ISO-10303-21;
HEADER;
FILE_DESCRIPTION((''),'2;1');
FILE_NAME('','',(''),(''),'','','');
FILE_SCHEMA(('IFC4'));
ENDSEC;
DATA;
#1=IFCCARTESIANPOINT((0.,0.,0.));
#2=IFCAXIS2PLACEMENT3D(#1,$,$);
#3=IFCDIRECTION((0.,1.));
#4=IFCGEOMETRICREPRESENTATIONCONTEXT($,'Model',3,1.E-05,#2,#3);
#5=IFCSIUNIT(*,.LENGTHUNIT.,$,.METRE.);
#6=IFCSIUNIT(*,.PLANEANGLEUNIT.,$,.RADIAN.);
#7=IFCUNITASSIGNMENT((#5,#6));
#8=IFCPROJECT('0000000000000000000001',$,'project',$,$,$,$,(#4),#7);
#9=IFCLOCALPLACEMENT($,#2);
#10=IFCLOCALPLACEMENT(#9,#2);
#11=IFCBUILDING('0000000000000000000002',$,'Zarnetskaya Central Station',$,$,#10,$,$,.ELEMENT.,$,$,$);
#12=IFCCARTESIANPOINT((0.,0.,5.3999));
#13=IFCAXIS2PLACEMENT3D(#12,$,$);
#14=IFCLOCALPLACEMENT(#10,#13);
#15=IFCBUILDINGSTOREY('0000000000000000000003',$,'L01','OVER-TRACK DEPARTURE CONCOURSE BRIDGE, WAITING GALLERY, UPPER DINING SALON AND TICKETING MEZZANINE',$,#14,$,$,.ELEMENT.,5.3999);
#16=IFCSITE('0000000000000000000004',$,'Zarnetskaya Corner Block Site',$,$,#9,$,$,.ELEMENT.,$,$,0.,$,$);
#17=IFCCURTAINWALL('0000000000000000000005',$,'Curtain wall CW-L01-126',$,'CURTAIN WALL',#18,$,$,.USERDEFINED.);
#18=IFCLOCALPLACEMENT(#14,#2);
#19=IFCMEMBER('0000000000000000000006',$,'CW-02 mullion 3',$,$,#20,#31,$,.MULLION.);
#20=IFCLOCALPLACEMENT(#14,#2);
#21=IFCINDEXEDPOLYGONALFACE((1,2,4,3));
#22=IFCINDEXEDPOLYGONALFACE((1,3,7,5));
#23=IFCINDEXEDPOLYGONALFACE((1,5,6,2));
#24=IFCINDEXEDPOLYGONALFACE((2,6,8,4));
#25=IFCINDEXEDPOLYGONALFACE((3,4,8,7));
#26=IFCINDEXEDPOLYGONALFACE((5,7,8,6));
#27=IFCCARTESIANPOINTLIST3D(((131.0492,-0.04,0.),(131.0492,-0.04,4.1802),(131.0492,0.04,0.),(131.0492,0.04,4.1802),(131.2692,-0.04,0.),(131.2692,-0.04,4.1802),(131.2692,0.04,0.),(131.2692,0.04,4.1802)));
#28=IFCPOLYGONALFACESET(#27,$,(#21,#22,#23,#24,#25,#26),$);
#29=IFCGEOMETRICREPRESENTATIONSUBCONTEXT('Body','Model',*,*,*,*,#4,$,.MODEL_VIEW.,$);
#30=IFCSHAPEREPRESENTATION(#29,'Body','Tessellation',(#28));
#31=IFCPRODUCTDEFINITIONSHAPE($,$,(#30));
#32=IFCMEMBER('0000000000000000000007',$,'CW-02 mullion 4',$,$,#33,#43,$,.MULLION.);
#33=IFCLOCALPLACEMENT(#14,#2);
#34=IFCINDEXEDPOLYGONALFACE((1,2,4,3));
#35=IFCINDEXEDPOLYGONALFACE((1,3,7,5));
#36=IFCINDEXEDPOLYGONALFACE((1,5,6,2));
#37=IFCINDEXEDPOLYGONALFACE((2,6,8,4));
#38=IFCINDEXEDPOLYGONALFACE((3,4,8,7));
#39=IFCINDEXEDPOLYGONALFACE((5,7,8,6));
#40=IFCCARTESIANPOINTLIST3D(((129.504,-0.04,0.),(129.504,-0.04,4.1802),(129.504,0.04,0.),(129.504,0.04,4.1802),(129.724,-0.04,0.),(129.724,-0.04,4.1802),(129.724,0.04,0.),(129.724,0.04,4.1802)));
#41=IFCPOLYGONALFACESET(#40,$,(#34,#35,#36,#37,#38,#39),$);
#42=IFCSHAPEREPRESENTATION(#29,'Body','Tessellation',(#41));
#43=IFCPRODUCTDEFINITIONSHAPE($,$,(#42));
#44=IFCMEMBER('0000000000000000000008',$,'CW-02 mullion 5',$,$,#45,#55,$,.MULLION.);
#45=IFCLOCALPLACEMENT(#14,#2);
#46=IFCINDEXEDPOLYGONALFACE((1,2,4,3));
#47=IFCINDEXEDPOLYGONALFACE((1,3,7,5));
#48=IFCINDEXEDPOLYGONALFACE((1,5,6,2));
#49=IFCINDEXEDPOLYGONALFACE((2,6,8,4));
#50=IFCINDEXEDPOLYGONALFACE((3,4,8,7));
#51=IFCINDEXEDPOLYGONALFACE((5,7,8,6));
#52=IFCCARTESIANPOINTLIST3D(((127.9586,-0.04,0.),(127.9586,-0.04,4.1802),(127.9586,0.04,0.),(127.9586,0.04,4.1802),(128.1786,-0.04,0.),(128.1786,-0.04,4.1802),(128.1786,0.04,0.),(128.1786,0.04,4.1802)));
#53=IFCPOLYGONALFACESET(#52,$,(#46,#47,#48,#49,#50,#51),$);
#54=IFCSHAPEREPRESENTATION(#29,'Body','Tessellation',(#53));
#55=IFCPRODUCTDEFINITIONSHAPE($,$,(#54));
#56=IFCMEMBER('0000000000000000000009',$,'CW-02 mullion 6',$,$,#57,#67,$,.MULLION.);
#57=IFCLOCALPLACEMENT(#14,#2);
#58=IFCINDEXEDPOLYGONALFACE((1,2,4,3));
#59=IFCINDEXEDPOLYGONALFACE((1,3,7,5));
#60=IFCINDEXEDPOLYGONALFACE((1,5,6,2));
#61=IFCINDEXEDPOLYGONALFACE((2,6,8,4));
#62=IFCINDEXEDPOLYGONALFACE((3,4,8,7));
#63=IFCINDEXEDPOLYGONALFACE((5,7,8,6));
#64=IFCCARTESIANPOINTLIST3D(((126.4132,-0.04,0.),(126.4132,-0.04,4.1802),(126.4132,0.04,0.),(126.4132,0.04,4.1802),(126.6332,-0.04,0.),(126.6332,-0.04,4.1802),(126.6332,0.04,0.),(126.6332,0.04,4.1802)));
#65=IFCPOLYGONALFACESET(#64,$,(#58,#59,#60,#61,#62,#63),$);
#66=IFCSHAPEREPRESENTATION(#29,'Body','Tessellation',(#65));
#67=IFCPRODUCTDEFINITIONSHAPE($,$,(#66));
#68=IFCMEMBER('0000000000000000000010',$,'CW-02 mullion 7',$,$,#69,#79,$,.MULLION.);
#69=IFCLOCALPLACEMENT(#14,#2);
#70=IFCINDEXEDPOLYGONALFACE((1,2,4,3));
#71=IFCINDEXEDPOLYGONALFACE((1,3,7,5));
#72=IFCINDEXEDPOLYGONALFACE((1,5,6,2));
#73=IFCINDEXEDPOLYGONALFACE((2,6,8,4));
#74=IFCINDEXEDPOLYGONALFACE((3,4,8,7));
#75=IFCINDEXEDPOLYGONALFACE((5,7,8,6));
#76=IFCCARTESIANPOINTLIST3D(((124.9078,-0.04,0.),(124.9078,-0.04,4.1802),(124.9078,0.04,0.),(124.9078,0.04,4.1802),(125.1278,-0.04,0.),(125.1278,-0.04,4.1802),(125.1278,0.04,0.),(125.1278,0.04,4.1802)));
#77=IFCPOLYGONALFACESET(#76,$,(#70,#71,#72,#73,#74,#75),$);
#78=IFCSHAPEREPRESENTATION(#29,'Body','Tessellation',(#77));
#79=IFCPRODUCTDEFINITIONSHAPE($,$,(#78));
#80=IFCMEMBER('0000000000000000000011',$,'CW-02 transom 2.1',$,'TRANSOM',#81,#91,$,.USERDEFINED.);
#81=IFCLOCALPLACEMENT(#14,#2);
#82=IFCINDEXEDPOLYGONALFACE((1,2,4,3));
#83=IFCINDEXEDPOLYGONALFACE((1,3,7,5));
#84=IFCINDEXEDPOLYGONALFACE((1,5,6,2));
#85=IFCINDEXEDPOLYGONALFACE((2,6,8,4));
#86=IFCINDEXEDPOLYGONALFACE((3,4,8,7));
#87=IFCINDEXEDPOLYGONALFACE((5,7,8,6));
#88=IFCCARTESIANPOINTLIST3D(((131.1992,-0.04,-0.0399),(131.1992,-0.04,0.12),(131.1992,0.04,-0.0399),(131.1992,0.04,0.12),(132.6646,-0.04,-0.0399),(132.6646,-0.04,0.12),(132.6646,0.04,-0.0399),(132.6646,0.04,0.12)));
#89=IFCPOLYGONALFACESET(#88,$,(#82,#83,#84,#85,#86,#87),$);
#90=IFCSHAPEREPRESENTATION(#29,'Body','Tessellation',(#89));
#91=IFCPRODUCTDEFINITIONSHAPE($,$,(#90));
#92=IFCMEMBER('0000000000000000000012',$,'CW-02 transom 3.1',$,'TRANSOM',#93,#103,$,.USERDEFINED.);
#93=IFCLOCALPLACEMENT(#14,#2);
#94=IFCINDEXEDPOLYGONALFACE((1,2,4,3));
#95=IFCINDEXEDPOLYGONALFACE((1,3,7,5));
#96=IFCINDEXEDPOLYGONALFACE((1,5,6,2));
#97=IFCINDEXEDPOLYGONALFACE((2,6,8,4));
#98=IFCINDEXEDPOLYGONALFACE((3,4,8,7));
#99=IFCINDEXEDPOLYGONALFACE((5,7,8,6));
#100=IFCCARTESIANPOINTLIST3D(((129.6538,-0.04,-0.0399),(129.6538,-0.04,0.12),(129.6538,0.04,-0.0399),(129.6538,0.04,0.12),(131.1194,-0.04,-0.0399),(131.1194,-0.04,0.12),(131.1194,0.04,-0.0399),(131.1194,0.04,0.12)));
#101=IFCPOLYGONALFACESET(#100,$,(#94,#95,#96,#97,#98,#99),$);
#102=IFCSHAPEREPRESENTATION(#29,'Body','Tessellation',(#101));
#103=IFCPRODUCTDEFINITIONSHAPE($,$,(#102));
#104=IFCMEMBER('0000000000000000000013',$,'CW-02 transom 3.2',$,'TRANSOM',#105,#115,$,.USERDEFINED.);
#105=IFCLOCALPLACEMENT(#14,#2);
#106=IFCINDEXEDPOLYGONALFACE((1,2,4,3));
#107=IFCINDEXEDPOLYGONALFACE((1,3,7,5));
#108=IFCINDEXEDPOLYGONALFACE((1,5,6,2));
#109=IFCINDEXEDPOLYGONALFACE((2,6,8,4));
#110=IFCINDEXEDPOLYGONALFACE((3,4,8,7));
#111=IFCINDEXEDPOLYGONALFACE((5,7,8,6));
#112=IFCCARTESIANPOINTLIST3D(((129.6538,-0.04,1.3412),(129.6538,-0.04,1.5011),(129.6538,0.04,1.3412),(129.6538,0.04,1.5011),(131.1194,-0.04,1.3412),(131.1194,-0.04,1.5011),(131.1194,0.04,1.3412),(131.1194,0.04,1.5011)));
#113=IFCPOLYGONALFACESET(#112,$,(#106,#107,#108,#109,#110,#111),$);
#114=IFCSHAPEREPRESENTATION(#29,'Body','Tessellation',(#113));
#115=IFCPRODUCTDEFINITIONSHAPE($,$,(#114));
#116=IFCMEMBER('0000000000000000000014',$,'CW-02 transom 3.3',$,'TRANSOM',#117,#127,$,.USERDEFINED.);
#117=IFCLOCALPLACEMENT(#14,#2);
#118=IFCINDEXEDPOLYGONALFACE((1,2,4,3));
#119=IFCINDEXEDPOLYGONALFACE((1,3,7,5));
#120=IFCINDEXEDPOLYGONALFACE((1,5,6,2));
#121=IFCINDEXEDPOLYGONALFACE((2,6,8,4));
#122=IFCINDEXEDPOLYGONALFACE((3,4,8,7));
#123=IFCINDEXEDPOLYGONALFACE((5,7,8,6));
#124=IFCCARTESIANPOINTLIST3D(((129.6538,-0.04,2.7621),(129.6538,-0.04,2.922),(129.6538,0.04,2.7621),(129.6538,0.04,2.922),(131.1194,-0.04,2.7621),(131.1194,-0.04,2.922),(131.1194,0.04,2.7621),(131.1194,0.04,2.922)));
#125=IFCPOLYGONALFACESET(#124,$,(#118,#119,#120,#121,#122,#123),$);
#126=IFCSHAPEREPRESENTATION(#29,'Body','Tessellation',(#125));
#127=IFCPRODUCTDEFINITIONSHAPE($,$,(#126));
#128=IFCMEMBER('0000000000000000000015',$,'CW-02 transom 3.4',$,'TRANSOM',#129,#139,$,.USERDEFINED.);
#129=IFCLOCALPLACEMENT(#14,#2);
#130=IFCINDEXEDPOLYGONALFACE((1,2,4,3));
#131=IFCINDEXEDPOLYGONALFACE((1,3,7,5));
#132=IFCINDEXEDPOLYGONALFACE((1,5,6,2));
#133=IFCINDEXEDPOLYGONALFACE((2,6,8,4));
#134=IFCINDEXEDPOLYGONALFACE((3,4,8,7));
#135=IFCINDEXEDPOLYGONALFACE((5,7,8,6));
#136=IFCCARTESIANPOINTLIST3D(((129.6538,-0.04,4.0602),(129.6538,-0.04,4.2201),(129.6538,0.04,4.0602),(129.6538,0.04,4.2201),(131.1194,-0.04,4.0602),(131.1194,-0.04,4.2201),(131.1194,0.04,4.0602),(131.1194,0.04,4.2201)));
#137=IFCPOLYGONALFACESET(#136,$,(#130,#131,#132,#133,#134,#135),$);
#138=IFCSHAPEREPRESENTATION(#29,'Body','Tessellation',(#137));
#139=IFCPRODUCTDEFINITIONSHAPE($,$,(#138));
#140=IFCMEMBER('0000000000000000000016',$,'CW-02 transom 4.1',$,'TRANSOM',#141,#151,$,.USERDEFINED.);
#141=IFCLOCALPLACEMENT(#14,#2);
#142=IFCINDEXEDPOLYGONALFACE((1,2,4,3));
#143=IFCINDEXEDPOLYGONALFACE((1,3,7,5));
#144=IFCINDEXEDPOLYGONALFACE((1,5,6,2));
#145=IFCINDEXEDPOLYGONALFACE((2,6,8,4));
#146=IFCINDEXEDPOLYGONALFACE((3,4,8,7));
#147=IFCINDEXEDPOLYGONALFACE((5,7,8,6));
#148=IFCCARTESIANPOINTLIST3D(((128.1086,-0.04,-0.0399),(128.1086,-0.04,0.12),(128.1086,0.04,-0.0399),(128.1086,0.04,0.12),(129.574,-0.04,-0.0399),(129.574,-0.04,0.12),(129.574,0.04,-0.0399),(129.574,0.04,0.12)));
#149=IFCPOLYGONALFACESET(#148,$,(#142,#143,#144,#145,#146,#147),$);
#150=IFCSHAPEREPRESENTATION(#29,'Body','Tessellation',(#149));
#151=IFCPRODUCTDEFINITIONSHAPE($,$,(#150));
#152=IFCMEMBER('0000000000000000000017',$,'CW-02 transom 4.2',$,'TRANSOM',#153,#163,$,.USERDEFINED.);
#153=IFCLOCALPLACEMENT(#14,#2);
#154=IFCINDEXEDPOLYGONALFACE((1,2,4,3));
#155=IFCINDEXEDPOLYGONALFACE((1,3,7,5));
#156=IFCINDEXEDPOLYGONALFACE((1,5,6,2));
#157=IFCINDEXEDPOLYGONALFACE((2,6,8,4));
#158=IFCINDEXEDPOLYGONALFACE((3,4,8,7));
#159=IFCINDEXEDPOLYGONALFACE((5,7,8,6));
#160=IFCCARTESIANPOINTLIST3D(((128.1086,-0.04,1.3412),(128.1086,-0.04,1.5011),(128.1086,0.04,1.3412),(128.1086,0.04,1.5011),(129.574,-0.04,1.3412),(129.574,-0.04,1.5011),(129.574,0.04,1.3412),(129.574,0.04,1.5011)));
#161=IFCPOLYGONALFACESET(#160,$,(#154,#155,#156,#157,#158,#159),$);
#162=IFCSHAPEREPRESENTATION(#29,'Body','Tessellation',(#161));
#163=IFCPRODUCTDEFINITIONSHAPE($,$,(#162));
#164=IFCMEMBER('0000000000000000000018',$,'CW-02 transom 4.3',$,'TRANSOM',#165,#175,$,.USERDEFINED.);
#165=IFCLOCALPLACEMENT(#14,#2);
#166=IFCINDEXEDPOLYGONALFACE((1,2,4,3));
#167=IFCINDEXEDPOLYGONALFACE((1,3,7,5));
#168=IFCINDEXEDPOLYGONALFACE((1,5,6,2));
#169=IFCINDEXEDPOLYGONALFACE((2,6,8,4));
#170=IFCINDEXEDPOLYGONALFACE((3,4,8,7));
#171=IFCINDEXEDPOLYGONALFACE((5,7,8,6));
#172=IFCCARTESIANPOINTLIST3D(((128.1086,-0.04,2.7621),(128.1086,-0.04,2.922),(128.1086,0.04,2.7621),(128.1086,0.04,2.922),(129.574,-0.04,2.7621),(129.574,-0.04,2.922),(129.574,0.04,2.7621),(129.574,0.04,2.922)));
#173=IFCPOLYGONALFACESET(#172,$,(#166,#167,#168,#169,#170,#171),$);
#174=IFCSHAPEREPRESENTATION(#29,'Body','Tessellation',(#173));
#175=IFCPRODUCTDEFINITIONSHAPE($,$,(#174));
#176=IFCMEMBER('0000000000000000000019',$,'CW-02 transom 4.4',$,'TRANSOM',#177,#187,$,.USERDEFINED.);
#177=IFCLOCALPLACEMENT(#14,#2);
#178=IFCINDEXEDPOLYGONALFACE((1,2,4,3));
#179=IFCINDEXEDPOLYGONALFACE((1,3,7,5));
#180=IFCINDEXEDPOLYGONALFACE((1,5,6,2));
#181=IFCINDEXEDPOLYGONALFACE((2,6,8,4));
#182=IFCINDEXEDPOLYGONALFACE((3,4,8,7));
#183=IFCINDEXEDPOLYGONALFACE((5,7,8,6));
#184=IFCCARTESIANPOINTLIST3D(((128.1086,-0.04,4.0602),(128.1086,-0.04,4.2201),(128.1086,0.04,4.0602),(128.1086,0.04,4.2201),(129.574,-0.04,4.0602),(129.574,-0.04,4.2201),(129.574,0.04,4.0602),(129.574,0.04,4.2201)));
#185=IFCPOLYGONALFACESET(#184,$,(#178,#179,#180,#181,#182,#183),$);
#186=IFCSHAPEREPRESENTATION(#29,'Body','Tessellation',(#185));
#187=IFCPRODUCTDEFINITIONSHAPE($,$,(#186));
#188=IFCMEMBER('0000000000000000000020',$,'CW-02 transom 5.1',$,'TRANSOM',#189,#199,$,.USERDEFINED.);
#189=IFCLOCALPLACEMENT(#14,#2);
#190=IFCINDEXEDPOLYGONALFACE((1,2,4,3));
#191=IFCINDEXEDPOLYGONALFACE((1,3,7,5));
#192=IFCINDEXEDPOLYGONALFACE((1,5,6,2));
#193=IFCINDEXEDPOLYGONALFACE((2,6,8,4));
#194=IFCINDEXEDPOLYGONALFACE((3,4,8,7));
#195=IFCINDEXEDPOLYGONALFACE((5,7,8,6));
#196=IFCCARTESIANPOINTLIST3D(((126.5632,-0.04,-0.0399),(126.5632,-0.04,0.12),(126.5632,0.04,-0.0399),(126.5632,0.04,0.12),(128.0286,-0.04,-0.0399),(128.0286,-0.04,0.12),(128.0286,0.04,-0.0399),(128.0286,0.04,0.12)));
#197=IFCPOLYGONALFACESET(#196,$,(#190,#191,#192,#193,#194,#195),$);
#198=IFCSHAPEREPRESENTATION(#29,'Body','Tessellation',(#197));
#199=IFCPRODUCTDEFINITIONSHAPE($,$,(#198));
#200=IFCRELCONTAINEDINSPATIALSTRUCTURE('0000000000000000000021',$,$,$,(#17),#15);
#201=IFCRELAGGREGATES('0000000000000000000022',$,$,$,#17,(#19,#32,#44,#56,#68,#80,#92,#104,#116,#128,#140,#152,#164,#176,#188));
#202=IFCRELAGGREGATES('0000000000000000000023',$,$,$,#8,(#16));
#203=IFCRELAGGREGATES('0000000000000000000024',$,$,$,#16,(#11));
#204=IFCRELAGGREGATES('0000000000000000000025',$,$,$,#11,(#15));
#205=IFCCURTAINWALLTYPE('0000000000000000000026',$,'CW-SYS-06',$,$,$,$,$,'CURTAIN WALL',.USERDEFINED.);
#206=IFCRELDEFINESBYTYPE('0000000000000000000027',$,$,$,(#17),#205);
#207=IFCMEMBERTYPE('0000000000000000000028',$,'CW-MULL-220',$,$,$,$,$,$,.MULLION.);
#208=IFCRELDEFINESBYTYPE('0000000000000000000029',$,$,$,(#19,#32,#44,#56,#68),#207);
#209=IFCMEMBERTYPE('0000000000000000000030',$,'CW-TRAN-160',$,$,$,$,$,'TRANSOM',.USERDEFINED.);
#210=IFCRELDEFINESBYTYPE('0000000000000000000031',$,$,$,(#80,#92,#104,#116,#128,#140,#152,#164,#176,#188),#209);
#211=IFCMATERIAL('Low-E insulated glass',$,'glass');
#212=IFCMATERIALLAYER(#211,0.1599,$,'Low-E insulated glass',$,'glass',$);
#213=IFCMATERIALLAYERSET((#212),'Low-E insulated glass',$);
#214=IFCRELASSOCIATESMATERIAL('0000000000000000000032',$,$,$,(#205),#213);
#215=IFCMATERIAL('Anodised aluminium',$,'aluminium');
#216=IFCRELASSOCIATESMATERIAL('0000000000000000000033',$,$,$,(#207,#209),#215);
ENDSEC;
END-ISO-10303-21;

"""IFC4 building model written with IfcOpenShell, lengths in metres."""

from ifc_helpers import new_model, si_unit, direction, frame, origin, origin_2d, place, context, subcontext, project, spatial, rectangle, extrude, material, layer, layer_set, material_profile, profile_set, type_object, element, aggregate, save


model = new_model("IFC4")

# Units and contexts
model_context = context("Model", 3, precision=1e-05, world=origin(), true_north=direction((0.0, 1.0)))
body_context = subcontext(model_context, "Body", "Model", "MODEL_VIEW")
ifc_project = project(units=[si_unit("LENGTHUNIT", "METRE"), si_unit("PLANEANGLEUNIT", "RADIAN")], contexts=[model_context])

# Site, building, storey
site_placement = place(None, origin())
site = spatial("IfcSite", under=ifc_project, at=site_placement, Name="Zarnetskaya Corner Block Site", CompositionType="ELEMENT", RefElevation=0.0)
building_placement = place(site_placement, origin())
building = spatial("IfcBuilding", under=site, at=building_placement, Name="Zarnetskaya Central Station", CompositionType="ELEMENT")
storey_placement = place(building_placement, frame((0.0, 0.0, 5.3999)))
storey = spatial("IfcBuildingStorey", under=building, at=storey_placement, Name="L01", Description="OVER-TRACK DEPARTURE CONCOURSE BRIDGE, WAITING GALLERY, UPPER DINING SALON AND TICKETING MEZZANINE", CompositionType="ELEMENT", Elevation=5.3999)

# Curtain wall, members
ifc_material_1 = material(Name="Low-E insulated glass", Category="glass")
ifc_layer_1 = layer(ifc_material_1, 0.1599, Name="Low-E insulated glass", Category="glass")
ifc_layer_set_1 = layer_set([ifc_layer_1], Name="Low-E insulated glass")
curtain_wall_type = type_object("IfcCurtainWallType", Name="CW-SYS-06", ElementType="CURTAIN WALL", PredefinedType="USERDEFINED", material=ifc_layer_set_1)
curtain_wall_placement = place(storey_placement, origin())
curtain_wall = element("IfcCurtainWall", 1, at=curtain_wall_placement, inside=storey, type_object=curtain_wall_type, Name="Curtain wall CW-L01-126", ObjectType="CURTAIN WALL", PredefinedType="USERDEFINED")
ifc_material_2 = material(Name="Anodised aluminium", Category="aluminium")
ifc_material_profile_1 = material_profile(ifc_material_2, rectangle(XDim=0.0801, YDim=0.22, at=origin_2d()), Name="ALU MULL 80x220")
ifc_profile_set_1 = profile_set([ifc_material_profile_1], Name="Anodised aluminium")
member_type_1 = type_object("IfcMemberType", Name="CW-MULL-220", PredefinedType="MULLION", material=ifc_profile_set_1)
member_1_placement = place(storey_placement, frame((131.1592, 0.0, 0.0), z_axis=(0.0, 0.0, 1.0), x_axis=(0.0, -1.0, 0.0)))
member_1 = element("IfcMember", 2, at=member_1_placement, type_object=member_type_1, Name="CW-02 mullion 3", PredefinedType="MULLION", context=body_context, shape_type="SweptSolid", body=[
    extrude(rectangle(XDim=0.0801, YDim=0.22, at=origin_2d()), origin(), (0.0, 0.0, 1.0), 4.1802),
])
member_2_placement = place(storey_placement, frame((129.614, 0.0, 0.0), z_axis=(0.0, 0.0, 1.0), x_axis=(0.0, -1.0, 0.0)))
member_2 = element("IfcMember", 3, at=member_2_placement, type_object=member_type_1, Name="CW-02 mullion 4", PredefinedType="MULLION", context=body_context, shape_type="SweptSolid", body=[
    extrude(rectangle(XDim=0.0801, YDim=0.22, at=origin_2d()), origin(), (0.0, 0.0, 1.0), 4.1802),
])
member_3_placement = place(storey_placement, frame((128.0686, 0.0, 0.0), z_axis=(0.0, 0.0, 1.0), x_axis=(0.0, -1.0, 0.0)))
member_3 = element("IfcMember", 4, at=member_3_placement, type_object=member_type_1, Name="CW-02 mullion 5", PredefinedType="MULLION", context=body_context, shape_type="SweptSolid", body=[
    extrude(rectangle(XDim=0.0801, YDim=0.22, at=origin_2d()), origin(), (0.0, 0.0, 1.0), 4.1802),
])
member_4_placement = place(storey_placement, frame((126.5232, 0.0, 0.0), z_axis=(0.0, 0.0, 1.0), x_axis=(0.0, -1.0, 0.0)))
member_4 = element("IfcMember", 5, at=member_4_placement, type_object=member_type_1, Name="CW-02 mullion 6", PredefinedType="MULLION", context=body_context, shape_type="SweptSolid", body=[
    extrude(rectangle(XDim=0.0801, YDim=0.22, at=origin_2d()), origin(), (0.0, 0.0, 1.0), 4.1802),
])
member_5_placement = place(storey_placement, frame((125.0178, 0.0, 0.0), z_axis=(0.0, 0.0, 1.0), x_axis=(0.0, -1.0, 0.0)))
member_5 = element("IfcMember", 6, at=member_5_placement, type_object=member_type_1, Name="CW-02 mullion 7", PredefinedType="MULLION", context=body_context, shape_type="SweptSolid", body=[
    extrude(rectangle(XDim=0.0801, YDim=0.22, at=origin_2d()), origin(), (0.0, 0.0, 1.0), 4.1802),
])
ifc_material_profile_2 = material_profile(ifc_material_2, rectangle(XDim=0.0801, YDim=0.1599, at=origin_2d()), Name="ALU TRAN 80x160")
ifc_profile_set_2 = profile_set([ifc_material_profile_2], Name="Anodised aluminium")
member_type_2 = type_object("IfcMemberType", Name="CW-TRAN-160", ElementType="TRANSOM", PredefinedType="USERDEFINED", material=ifc_profile_set_2)
member_6_placement = place(storey_placement, frame((132.6646, 0.0, 0.04), z_axis=(-1.0, 0.0, 0.0), x_axis=(0.0, -1.0, 0.0)))
member_6 = element("IfcMember", 7, at=member_6_placement, type_object=member_type_2, Name="CW-02 transom 2.1", ObjectType="TRANSOM", PredefinedType="USERDEFINED", context=body_context, shape_type="SweptSolid", body=[
    extrude(rectangle(XDim=0.0801, YDim=0.1599, at=origin_2d()), origin(), (0.0, 0.0, 1.0), 1.4653),
])
member_7_placement = place(storey_placement, frame((131.1194, 0.0, 0.04), z_axis=(-1.0, 0.0, 0.0), x_axis=(0.0, -1.0, 0.0)))
member_7 = element("IfcMember", 8, at=member_7_placement, type_object=member_type_2, Name="CW-02 transom 3.1", ObjectType="TRANSOM", PredefinedType="USERDEFINED", context=body_context, shape_type="SweptSolid", body=[
    extrude(rectangle(XDim=0.0801, YDim=0.1599, at=origin_2d()), origin(), (0.0, 0.0, 1.0), 1.4656),
])
member_8_placement = place(storey_placement, frame((131.1194, 0.0, 1.4211), z_axis=(-1.0, 0.0, 0.0), x_axis=(0.0, -1.0, 0.0)))
member_8 = element("IfcMember", 9, at=member_8_placement, type_object=member_type_2, Name="CW-02 transom 3.2", ObjectType="TRANSOM", PredefinedType="USERDEFINED", context=body_context, shape_type="SweptSolid", body=[
    extrude(rectangle(XDim=0.0801, YDim=0.1599, at=origin_2d()), origin(), (0.0, 0.0, 1.0), 1.4656),
])
member_9_placement = place(storey_placement, frame((131.1194, 0.0, 2.842), z_axis=(-1.0, 0.0, 0.0), x_axis=(0.0, -1.0, 0.0)))
member_9 = element("IfcMember", 10, at=member_9_placement, type_object=member_type_2, Name="CW-02 transom 3.3", ObjectType="TRANSOM", PredefinedType="USERDEFINED", context=body_context, shape_type="SweptSolid", body=[
    extrude(rectangle(XDim=0.0801, YDim=0.1599, at=origin_2d()), origin(), (0.0, 0.0, 1.0), 1.4656),
])
member_10_placement = place(storey_placement, frame((131.1194, 0.0, 4.1401), z_axis=(-1.0, 0.0, 0.0), x_axis=(0.0, -1.0, 0.0)))
member_10 = element("IfcMember", 11, at=member_10_placement, type_object=member_type_2, Name="CW-02 transom 3.4", ObjectType="TRANSOM", PredefinedType="USERDEFINED", context=body_context, shape_type="SweptSolid", body=[
    extrude(rectangle(XDim=0.0801, YDim=0.1599, at=origin_2d()), origin(), (0.0, 0.0, 1.0), 1.4656),
])
member_11_placement = place(storey_placement, frame((129.574, 0.0, 0.04), z_axis=(-1.0, 0.0, 0.0), x_axis=(0.0, -1.0, 0.0)))
member_11 = element("IfcMember", 12, at=member_11_placement, type_object=member_type_2, Name="CW-02 transom 4.1", ObjectType="TRANSOM", PredefinedType="USERDEFINED", context=body_context, shape_type="SweptSolid", body=[
    extrude(rectangle(XDim=0.0801, YDim=0.1599, at=origin_2d()), origin(), (0.0, 0.0, 1.0), 1.4653),
])
member_12_placement = place(storey_placement, frame((129.574, 0.0, 1.4211), z_axis=(-1.0, 0.0, 0.0), x_axis=(0.0, -1.0, 0.0)))
member_12 = element("IfcMember", 13, at=member_12_placement, type_object=member_type_2, Name="CW-02 transom 4.2", ObjectType="TRANSOM", PredefinedType="USERDEFINED", context=body_context, shape_type="SweptSolid", body=[
    extrude(rectangle(XDim=0.0801, YDim=0.1599, at=origin_2d()), origin(), (0.0, 0.0, 1.0), 1.4653),
])
member_13_placement = place(storey_placement, frame((129.574, 0.0, 2.842), z_axis=(-1.0, 0.0, 0.0), x_axis=(0.0, -1.0, 0.0)))
member_13 = element("IfcMember", 14, at=member_13_placement, type_object=member_type_2, Name="CW-02 transom 4.3", ObjectType="TRANSOM", PredefinedType="USERDEFINED", context=body_context, shape_type="SweptSolid", body=[
    extrude(rectangle(XDim=0.0801, YDim=0.1599, at=origin_2d()), origin(), (0.0, 0.0, 1.0), 1.4653),
])
member_14_placement = place(storey_placement, frame((129.574, 0.0, 4.1401), z_axis=(-1.0, 0.0, 0.0), x_axis=(0.0, -1.0, 0.0)))
member_14 = element("IfcMember", 15, at=member_14_placement, type_object=member_type_2, Name="CW-02 transom 4.4", ObjectType="TRANSOM", PredefinedType="USERDEFINED", context=body_context, shape_type="SweptSolid", body=[
    extrude(rectangle(XDim=0.0801, YDim=0.1599, at=origin_2d()), origin(), (0.0, 0.0, 1.0), 1.4653),
])
member_15_placement = place(storey_placement, frame((128.0286, 0.0, 0.04), z_axis=(-1.0, 0.0, 0.0), x_axis=(0.0, -1.0, 0.0)))
member_15 = element("IfcMember", 16, at=member_15_placement, type_object=member_type_2, Name="CW-02 transom 5.1", ObjectType="TRANSOM", PredefinedType="USERDEFINED", context=body_context, shape_type="SweptSolid", body=[
    extrude(rectangle(XDim=0.0801, YDim=0.1599, at=origin_2d()), origin(), (0.0, 0.0, 1.0), 1.4653),
])
aggregate(curtain_wall, [member_1, member_2, member_3, member_4, member_5, member_6, member_7, member_8, member_9, member_10, member_11, member_12, member_13, member_14, member_15])

save(model, "model.ifc")
